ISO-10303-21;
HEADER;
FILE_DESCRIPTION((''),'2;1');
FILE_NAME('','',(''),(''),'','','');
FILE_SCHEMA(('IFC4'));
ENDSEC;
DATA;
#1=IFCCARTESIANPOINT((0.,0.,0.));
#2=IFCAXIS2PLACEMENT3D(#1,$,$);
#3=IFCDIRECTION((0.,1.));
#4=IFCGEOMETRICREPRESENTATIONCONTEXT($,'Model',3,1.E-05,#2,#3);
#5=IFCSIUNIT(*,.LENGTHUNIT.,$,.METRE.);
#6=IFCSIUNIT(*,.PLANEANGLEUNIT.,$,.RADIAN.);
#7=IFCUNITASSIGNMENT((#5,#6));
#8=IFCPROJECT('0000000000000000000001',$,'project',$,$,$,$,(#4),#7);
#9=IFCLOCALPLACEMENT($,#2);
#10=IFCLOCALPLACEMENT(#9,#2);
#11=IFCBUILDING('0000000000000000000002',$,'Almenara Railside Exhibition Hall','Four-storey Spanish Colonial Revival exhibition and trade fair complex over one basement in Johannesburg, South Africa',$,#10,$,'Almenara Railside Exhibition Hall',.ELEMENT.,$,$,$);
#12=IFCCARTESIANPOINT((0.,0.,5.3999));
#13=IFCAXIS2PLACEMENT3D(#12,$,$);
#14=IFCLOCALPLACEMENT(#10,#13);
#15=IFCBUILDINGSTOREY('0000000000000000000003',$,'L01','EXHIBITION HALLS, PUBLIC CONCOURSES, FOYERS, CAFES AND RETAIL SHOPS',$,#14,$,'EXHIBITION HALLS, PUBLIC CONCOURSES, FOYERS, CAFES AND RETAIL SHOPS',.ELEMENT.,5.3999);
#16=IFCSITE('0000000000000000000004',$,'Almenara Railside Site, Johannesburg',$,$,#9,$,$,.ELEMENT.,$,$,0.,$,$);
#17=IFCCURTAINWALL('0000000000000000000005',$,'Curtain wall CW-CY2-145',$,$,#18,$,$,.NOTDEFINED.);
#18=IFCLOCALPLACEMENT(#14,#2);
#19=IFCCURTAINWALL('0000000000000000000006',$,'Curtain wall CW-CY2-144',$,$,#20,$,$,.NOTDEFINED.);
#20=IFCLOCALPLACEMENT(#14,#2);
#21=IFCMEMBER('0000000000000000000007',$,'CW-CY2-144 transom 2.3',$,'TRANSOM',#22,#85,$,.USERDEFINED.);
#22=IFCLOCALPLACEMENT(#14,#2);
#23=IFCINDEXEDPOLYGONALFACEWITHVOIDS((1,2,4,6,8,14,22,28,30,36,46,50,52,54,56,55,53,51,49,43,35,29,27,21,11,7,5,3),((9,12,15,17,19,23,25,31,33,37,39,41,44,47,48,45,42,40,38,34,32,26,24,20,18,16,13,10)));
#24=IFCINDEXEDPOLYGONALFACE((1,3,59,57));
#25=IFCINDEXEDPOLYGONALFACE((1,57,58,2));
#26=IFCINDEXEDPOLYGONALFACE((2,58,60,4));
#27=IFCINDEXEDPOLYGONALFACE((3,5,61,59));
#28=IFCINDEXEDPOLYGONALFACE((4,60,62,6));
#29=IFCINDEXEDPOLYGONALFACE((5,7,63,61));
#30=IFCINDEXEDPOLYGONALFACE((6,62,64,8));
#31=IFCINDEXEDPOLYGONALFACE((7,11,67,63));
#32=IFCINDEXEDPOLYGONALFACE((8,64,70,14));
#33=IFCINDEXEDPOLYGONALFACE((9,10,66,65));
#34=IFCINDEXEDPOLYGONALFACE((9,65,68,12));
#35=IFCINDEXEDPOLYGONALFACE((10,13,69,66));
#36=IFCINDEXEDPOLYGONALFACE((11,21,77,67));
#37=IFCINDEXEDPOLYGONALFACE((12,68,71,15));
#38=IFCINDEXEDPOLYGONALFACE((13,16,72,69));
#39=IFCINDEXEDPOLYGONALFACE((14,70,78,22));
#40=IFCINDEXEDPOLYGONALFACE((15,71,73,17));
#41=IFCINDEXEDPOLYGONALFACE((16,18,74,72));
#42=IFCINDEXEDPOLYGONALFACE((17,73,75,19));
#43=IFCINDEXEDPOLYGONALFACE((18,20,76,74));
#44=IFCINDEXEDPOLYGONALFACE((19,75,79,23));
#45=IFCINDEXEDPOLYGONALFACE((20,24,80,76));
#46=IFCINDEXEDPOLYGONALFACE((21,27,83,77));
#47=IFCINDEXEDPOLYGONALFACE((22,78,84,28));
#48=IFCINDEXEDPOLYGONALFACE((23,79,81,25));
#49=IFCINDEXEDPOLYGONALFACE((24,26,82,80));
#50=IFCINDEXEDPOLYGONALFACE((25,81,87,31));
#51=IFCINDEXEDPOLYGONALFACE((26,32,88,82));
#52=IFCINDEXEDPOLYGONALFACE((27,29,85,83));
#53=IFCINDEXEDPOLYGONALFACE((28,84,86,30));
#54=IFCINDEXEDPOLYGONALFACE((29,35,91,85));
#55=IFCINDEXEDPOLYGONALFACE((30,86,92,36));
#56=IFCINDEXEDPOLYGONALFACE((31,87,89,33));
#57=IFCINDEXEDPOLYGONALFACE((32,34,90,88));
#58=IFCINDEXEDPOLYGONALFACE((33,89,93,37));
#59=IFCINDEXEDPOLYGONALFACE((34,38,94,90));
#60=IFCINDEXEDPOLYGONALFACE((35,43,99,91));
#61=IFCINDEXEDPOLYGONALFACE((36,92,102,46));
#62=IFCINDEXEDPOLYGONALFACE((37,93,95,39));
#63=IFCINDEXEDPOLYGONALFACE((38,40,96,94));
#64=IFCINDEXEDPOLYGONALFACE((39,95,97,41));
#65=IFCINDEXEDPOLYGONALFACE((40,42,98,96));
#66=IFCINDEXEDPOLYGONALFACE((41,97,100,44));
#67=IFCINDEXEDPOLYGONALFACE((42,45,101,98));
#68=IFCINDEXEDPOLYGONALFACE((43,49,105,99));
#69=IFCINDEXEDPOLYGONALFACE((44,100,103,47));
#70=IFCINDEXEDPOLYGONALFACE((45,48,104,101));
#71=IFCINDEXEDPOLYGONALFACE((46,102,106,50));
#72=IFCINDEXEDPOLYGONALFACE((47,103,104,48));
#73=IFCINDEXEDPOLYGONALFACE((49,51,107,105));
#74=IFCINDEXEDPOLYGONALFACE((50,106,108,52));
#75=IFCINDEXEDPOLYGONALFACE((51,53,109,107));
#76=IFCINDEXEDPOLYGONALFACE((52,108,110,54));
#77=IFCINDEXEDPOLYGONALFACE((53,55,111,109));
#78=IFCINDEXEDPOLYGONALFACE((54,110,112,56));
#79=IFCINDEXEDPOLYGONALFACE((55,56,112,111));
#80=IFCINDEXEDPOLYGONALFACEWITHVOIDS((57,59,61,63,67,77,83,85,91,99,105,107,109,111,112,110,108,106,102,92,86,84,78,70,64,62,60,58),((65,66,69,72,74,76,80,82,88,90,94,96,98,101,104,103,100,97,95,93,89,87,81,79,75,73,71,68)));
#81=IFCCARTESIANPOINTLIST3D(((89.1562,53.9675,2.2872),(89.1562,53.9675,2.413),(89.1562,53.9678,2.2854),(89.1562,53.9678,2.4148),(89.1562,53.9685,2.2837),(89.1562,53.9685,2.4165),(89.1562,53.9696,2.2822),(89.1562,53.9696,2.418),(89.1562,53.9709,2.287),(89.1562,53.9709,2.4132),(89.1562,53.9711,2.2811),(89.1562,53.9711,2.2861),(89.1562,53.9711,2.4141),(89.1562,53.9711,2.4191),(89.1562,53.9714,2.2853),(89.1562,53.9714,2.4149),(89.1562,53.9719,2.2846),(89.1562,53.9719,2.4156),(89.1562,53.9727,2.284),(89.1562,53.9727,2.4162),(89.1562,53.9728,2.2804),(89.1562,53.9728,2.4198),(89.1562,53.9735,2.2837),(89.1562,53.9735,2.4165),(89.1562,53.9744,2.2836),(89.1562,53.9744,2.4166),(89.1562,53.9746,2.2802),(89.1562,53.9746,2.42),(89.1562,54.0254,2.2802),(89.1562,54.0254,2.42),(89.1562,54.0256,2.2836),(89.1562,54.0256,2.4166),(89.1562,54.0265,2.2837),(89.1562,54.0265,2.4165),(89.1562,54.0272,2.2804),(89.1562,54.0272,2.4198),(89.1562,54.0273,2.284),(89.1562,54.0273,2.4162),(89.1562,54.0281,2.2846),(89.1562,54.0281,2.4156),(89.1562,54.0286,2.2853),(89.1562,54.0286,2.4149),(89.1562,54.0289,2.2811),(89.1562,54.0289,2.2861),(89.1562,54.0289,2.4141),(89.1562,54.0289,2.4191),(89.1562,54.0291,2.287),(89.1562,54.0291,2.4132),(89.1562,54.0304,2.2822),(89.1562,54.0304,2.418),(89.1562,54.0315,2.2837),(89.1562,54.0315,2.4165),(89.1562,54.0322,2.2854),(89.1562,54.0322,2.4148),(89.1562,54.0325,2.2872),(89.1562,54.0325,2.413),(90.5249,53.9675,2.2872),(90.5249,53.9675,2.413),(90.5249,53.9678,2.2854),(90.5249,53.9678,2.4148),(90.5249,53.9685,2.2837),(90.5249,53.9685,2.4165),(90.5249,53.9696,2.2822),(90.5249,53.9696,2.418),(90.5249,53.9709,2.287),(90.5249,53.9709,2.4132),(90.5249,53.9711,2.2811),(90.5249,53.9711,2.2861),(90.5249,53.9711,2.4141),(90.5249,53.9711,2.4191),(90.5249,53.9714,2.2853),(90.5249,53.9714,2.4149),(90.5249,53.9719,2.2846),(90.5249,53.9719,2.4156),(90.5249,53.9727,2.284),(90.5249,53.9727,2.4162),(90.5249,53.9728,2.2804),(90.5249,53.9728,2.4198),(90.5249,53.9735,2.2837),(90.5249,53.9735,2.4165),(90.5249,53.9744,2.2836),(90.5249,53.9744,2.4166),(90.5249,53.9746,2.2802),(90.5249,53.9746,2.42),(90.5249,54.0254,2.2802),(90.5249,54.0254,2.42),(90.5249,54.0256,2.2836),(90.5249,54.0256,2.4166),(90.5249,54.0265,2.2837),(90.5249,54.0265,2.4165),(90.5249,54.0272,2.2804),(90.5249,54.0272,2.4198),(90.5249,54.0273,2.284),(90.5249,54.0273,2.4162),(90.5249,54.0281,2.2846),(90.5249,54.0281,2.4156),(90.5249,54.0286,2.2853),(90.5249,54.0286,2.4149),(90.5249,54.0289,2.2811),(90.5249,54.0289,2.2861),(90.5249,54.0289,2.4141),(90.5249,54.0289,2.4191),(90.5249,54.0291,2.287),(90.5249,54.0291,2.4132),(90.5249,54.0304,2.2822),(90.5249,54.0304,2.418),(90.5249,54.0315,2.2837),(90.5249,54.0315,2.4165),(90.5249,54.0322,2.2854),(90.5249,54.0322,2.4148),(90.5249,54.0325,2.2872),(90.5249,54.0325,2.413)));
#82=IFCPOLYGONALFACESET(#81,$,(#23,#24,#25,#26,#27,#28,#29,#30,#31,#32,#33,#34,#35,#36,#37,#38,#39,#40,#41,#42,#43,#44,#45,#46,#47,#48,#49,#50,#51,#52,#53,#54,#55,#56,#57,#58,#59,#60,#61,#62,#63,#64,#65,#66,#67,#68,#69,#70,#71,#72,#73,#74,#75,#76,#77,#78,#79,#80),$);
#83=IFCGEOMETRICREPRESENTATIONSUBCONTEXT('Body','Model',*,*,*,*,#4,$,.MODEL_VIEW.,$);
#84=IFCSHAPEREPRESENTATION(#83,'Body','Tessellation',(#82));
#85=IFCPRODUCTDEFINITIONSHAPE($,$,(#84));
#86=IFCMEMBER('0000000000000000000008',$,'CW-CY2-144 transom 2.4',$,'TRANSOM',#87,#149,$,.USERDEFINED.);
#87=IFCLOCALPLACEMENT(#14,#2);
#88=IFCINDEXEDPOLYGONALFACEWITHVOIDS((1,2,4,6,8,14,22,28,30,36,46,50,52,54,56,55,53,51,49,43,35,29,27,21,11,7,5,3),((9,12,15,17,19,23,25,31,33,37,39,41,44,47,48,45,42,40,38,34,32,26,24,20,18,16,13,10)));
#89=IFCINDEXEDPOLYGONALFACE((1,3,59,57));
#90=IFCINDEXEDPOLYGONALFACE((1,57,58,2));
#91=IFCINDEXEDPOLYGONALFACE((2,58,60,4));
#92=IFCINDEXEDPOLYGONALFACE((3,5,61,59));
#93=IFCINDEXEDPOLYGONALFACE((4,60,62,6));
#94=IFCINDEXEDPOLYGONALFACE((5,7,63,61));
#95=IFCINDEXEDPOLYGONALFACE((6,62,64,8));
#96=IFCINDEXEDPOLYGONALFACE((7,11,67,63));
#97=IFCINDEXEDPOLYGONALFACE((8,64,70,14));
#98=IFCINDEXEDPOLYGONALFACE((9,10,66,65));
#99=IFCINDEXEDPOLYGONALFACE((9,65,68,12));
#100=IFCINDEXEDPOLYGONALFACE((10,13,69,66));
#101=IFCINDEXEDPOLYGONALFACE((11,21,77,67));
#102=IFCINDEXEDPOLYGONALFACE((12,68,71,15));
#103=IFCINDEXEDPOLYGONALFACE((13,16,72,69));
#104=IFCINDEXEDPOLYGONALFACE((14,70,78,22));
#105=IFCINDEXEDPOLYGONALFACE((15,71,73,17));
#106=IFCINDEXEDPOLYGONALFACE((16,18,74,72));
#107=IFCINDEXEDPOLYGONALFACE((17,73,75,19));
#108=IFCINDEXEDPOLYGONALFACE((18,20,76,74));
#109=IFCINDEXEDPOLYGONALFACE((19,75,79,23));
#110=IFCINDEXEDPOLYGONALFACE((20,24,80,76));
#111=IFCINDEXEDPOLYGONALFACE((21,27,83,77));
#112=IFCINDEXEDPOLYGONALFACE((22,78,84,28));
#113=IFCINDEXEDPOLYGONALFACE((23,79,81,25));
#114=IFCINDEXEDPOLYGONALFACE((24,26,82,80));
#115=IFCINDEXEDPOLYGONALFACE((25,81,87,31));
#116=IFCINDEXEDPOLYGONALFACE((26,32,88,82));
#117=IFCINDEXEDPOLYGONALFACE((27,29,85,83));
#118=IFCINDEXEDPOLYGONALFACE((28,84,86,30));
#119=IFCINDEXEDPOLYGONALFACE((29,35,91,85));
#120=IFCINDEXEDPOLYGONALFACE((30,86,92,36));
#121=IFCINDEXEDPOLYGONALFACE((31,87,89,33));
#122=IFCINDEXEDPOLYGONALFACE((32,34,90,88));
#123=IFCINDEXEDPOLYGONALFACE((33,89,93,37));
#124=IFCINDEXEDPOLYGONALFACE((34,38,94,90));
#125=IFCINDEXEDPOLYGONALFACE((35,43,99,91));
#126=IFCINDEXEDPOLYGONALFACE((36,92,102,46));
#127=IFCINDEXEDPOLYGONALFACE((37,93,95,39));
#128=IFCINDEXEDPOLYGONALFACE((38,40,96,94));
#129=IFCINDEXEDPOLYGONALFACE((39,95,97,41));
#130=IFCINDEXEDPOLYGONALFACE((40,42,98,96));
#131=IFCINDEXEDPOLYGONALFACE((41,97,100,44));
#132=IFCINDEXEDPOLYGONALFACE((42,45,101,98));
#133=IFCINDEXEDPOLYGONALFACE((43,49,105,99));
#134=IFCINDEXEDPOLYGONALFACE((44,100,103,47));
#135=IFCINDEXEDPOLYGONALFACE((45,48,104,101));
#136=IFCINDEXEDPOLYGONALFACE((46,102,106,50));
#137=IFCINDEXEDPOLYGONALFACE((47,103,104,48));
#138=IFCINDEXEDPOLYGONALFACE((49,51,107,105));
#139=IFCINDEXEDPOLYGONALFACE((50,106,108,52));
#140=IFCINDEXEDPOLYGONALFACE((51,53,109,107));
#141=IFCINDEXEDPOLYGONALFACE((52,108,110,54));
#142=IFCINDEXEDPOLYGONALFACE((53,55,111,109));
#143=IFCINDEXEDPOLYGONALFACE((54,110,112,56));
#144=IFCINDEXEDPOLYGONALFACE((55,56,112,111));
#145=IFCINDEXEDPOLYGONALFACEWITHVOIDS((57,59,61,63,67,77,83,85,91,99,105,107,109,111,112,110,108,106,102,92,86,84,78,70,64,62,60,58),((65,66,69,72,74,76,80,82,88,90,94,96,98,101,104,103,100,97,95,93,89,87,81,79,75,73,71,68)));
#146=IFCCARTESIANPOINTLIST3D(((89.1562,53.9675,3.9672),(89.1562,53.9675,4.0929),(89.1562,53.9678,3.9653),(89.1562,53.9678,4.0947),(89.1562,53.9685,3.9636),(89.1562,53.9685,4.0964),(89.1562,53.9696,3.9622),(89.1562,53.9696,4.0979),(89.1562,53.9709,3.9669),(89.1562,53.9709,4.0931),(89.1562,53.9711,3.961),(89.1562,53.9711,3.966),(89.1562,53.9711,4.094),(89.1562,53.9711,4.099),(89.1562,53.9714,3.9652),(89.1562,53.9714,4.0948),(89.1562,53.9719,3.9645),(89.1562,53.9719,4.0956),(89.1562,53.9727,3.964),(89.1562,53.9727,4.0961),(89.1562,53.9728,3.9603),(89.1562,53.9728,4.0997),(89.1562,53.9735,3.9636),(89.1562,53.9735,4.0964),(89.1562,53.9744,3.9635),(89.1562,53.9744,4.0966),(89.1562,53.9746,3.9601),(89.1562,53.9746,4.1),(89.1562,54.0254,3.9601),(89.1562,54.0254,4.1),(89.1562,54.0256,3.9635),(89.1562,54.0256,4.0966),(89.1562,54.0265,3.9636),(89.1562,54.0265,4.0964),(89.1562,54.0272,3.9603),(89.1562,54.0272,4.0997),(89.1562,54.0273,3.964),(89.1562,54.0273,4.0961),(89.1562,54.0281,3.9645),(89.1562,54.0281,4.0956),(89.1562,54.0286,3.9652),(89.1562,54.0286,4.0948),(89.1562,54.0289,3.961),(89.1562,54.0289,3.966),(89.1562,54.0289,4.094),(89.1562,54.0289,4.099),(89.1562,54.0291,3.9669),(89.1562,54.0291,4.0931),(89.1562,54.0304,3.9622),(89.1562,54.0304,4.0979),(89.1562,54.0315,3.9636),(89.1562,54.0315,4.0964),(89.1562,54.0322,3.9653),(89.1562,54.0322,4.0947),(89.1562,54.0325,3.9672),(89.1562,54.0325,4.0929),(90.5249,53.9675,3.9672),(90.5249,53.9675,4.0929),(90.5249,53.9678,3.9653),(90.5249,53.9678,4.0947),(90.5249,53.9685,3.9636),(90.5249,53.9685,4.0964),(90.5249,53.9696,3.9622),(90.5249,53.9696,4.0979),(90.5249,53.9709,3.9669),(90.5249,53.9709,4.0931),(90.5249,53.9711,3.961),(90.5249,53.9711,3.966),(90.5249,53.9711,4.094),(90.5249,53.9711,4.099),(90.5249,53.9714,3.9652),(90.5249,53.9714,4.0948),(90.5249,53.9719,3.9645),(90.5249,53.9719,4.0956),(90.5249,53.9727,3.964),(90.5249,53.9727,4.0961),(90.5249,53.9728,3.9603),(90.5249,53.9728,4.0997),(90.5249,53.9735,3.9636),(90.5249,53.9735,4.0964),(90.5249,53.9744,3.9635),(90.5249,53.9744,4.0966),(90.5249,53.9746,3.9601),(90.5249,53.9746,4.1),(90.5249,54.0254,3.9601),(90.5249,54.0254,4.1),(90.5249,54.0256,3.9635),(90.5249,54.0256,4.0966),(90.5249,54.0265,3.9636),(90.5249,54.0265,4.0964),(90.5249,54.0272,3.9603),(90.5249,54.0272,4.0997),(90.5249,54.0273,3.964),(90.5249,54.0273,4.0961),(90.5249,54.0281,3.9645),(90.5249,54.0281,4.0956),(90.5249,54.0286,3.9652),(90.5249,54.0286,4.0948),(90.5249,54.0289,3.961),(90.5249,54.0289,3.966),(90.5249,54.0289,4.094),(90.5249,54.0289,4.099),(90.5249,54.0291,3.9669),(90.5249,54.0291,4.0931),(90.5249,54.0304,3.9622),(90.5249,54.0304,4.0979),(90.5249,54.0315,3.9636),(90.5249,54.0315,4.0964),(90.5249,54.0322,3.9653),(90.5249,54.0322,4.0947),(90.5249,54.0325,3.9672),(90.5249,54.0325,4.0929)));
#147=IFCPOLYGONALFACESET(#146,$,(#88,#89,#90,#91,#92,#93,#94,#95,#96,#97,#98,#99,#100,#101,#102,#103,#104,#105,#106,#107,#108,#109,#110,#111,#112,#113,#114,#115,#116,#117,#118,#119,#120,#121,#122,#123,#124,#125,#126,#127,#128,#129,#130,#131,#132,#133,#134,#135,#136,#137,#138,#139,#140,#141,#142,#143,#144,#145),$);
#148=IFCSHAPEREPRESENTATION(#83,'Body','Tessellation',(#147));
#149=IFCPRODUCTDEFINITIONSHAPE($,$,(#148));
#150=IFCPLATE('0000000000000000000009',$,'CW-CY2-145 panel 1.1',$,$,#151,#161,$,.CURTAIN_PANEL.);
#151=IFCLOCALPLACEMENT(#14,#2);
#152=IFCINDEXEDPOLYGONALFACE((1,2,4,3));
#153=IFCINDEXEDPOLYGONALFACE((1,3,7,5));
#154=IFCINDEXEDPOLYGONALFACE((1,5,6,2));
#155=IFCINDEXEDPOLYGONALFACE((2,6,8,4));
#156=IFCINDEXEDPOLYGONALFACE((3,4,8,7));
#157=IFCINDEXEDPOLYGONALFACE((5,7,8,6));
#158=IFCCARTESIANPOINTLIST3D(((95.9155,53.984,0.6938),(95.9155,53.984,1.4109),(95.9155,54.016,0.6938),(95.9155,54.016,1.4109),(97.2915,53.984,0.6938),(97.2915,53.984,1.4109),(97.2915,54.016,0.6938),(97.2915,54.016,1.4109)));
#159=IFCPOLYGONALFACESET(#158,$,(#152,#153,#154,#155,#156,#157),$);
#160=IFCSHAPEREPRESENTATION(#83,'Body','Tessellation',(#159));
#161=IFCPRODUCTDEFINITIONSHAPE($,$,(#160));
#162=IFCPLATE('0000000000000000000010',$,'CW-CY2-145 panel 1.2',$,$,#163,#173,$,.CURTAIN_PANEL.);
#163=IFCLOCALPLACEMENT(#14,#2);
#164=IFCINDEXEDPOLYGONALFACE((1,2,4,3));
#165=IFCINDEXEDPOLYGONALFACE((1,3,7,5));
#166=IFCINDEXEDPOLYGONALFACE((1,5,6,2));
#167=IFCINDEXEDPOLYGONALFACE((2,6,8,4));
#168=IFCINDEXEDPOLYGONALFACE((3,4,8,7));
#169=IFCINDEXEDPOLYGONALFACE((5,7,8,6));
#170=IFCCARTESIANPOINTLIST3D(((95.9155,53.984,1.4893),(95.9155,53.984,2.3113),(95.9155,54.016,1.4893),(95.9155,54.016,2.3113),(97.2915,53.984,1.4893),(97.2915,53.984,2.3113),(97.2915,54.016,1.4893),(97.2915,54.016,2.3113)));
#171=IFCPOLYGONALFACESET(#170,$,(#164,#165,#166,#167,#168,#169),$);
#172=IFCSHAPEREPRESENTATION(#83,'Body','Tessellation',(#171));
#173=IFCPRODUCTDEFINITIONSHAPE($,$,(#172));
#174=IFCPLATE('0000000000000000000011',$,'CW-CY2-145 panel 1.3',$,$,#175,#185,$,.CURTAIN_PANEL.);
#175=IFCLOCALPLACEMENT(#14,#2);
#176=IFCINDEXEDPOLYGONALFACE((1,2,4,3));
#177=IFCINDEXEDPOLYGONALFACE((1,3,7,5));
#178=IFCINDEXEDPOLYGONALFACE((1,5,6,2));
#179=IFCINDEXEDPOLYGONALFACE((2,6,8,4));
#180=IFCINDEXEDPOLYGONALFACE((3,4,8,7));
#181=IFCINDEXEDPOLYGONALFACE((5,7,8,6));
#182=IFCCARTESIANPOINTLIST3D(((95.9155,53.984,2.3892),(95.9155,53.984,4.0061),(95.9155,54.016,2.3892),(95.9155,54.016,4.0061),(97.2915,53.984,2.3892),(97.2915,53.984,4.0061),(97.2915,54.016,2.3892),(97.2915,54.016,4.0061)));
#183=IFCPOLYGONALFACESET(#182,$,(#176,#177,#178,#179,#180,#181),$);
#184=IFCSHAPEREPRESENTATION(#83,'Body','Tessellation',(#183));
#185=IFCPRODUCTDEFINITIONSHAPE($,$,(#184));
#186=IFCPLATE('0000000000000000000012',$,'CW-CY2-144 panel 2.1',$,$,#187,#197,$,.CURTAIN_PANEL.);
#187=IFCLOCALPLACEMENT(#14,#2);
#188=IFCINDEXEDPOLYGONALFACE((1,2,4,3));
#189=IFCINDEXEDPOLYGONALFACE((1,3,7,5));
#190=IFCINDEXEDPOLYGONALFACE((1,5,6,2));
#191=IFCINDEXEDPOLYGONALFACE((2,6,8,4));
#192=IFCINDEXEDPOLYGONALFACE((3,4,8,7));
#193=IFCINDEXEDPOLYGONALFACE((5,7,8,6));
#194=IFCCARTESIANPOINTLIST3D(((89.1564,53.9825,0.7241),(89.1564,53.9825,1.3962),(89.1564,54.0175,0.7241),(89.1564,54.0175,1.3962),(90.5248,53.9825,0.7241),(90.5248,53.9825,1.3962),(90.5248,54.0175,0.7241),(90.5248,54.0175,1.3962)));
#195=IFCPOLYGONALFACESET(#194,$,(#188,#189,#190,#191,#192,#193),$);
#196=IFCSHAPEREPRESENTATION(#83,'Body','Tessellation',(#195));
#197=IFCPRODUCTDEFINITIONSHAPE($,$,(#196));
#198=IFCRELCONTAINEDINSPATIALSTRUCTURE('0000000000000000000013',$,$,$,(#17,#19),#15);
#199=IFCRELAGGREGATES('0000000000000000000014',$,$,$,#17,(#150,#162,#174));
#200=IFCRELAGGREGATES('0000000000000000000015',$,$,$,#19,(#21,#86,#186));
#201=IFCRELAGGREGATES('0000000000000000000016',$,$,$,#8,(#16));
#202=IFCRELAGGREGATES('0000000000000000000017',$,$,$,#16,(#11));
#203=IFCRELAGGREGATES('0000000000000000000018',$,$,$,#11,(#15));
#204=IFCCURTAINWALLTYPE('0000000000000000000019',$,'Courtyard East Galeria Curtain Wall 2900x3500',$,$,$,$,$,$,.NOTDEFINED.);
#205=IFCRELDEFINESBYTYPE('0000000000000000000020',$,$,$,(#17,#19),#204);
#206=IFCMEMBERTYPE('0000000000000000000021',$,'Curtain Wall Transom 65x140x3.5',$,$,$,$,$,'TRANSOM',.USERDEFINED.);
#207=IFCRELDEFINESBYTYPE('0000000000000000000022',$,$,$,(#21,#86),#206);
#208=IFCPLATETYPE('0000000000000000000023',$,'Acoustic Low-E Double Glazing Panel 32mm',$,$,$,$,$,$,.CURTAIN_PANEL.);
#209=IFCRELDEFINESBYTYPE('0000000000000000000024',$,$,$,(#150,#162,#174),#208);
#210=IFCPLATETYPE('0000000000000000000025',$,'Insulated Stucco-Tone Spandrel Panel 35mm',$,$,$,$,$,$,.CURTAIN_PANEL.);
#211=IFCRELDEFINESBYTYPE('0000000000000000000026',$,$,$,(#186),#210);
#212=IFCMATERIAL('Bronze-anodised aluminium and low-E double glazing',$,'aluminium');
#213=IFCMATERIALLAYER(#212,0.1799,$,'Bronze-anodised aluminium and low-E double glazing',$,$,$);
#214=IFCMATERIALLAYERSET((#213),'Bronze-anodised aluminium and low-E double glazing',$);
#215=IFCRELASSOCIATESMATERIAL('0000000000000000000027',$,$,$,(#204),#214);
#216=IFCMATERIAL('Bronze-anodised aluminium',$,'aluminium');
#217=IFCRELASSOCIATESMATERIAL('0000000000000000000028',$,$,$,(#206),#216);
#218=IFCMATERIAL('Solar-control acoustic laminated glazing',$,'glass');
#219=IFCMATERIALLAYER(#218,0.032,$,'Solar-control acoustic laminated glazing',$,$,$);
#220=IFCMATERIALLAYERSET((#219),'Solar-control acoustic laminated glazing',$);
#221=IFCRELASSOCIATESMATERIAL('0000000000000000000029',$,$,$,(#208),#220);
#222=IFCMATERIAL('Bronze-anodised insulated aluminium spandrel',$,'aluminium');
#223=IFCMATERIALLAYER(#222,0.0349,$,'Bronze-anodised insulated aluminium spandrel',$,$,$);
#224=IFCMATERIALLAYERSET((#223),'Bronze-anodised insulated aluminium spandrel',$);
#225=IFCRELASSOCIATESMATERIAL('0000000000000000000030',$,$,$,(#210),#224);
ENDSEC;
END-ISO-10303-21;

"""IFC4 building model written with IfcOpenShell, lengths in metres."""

from ifc_helpers import new_model, si_unit, direction, frame, origin, origin_2d, place, context, subcontext, project, spatial, rectangle, hollow_rectangle, extrude, material, layer, layer_set, material_profile, profile_set, type_object, element, aggregate, save


model = new_model("IFC4")

# Units and contexts
model_context = context("Model", 3, precision=1e-05, world=origin(), true_north=direction((0.0, 1.0)))
body_context = subcontext(model_context, "Body", "Model", "MODEL_VIEW")
ifc_project = project(units=[si_unit("LENGTHUNIT", "METRE"), si_unit("PLANEANGLEUNIT", "RADIAN")], contexts=[model_context])

# Site, building, storey
site_placement = place(None, origin())
site = spatial("IfcSite", under=ifc_project, at=site_placement, Name="Almenara Railside Site, Johannesburg", CompositionType="ELEMENT", RefElevation=0.0)
building_placement = place(site_placement, origin())
building = spatial("IfcBuilding", under=site, at=building_placement, Name="Almenara Railside Exhibition Hall", Description="Four-storey Spanish Colonial Revival exhibition and trade fair complex over one basement in Johannesburg, South Africa", LongName="Almenara Railside Exhibition Hall", CompositionType="ELEMENT")
storey_placement = place(building_placement, frame((0.0, 0.0, 5.3999)))
storey = spatial("IfcBuildingStorey", under=building, at=storey_placement, Name="L01", Description="EXHIBITION HALLS, PUBLIC CONCOURSES, FOYERS, CAFES AND RETAIL SHOPS", LongName="EXHIBITION HALLS, PUBLIC CONCOURSES, FOYERS, CAFES AND RETAIL SHOPS", CompositionType="ELEMENT", Elevation=5.3999)

# Curtain walls
ifc_material_1 = material(Name="Bronze-anodised aluminium and low-E double glazing", Category="aluminium")
ifc_layer_1 = layer(ifc_material_1, 0.1799, Name="Bronze-anodised aluminium and low-E double glazing")
ifc_layer_set_1 = layer_set([ifc_layer_1], Name="Bronze-anodised aluminium and low-E double glazing")
curtain_wall_type = type_object("IfcCurtainWallType", Name="Courtyard East Galeria Curtain Wall 2900x3500", PredefinedType="NOTDEFINED", material=ifc_layer_set_1)
curtain_wall_1_placement = place(storey_placement, origin())
curtain_wall_1 = element("IfcCurtainWall", 1, at=curtain_wall_1_placement, inside=storey, type_object=curtain_wall_type, Name="Curtain wall CW-CY2-145", PredefinedType="NOTDEFINED")
ifc_material_2 = material(Name="Bronze-anodised aluminium", Category="aluminium")
curtain_wall_2_placement = place(storey_placement, origin())
curtain_wall_2 = element("IfcCurtainWall", 2, at=curtain_wall_2_placement, inside=storey, type_object=curtain_wall_type, Name="Curtain wall CW-CY2-144", PredefinedType="NOTDEFINED")

# Members
ifc_material_profile_1 = material_profile(ifc_material_2, hollow_rectangle(XDim=0.0649, YDim=0.1399, WallThickness=0.0034, InnerFilletRadius=0.0034, OuterFilletRadius=0.0071, at=origin_2d()), Name="ALU-TRN 65x140x3.5")
ifc_profile_set_1 = profile_set([ifc_material_profile_1], Name="Bronze-anodised aluminium")
member_type_1 = type_object("IfcMemberType", Name="Curtain Wall Transom 65x140x3.5", ElementType="TRANSOM", PredefinedType="USERDEFINED", material=ifc_profile_set_1)
member_1_placement = place(storey_placement, frame((89.1562, 54.0, 2.3501), z_axis=(1.0, 0.0, 0.0), x_axis=(0.0, 1.0, 0.0)))
member_1 = element("IfcMember", 3, at=member_1_placement, type_object=member_type_1, Name="CW-CY2-144 transom 2.3", ObjectType="TRANSOM", PredefinedType="USERDEFINED", context=body_context, shape_type="SweptSolid", body=[
    extrude(hollow_rectangle(XDim=0.0649, YDim=0.1399, WallThickness=0.0034, InnerFilletRadius=0.0034, OuterFilletRadius=0.0071, at=origin_2d()), origin(), (0.0, 0.0, 1.0), 1.3687),
])
member_2_placement = place(storey_placement, frame((89.1562, 54.0, 4.03), z_axis=(1.0, 0.0, 0.0), x_axis=(0.0, 1.0, 0.0)))
member_2 = element("IfcMember", 4, at=member_2_placement, type_object=member_type_1, Name="CW-CY2-144 transom 2.4", ObjectType="TRANSOM", PredefinedType="USERDEFINED", context=body_context, shape_type="SweptSolid", body=[
    extrude(hollow_rectangle(XDim=0.0649, YDim=0.1399, WallThickness=0.0034, InnerFilletRadius=0.0034, OuterFilletRadius=0.0071, at=origin_2d()), origin(), (0.0, 0.0, 1.0), 1.3687),
])

# Plates
ifc_material_3 = material(Name="Solar-control acoustic laminated glazing", Category="glass")
ifc_layer_2 = layer(ifc_material_3, 0.032, Name="Solar-control acoustic laminated glazing")
ifc_layer_set_2 = layer_set([ifc_layer_2], Name="Solar-control acoustic laminated glazing")
plate_type_1 = type_object("IfcPlateType", Name="Acoustic Low-E Double Glazing Panel 32mm", PredefinedType="CURTAIN_PANEL", material=ifc_layer_set_2)
plate_1_placement = place(storey_placement, frame((96.6035, 54.0, 0.6938), z_axis=(0.0, 0.0, 1.0), x_axis=(1.0, 0.0, 0.0)))
plate_1 = element("IfcPlate", 5, at=plate_1_placement, type_object=plate_type_1, Name="CW-CY2-145 panel 1.1", PredefinedType="CURTAIN_PANEL", context=body_context, shape_type="SweptSolid", body=[
    extrude(rectangle(XDim=1.376, YDim=0.032, at=origin_2d()), origin(), (0.0, 0.0, 1.0), 0.717),
])
plate_2_placement = place(storey_placement, frame((96.6035, 54.0, 1.4893), z_axis=(0.0, 0.0, 1.0), x_axis=(1.0, 0.0, 0.0)))
plate_2 = element("IfcPlate", 6, at=plate_2_placement, type_object=plate_type_1, Name="CW-CY2-145 panel 1.2", PredefinedType="CURTAIN_PANEL", context=body_context, shape_type="SweptSolid", body=[
    extrude(rectangle(XDim=1.376, YDim=0.032, at=origin_2d()), origin(), (0.0, 0.0, 1.0), 0.822),
])
plate_3_placement = place(storey_placement, frame((96.6035, 54.0, 2.3892), z_axis=(0.0, 0.0, 1.0), x_axis=(1.0, 0.0, 0.0)))
plate_3 = element("IfcPlate", 7, at=plate_3_placement, type_object=plate_type_1, Name="CW-CY2-145 panel 1.3", PredefinedType="CURTAIN_PANEL", context=body_context, shape_type="SweptSolid", body=[
    extrude(rectangle(XDim=1.376, YDim=0.032, at=origin_2d()), origin(), (0.0, 0.0, 1.0), 1.6169),
])
aggregate(curtain_wall_1, [plate_1, plate_2, plate_3])
ifc_material_4 = material(Name="Bronze-anodised insulated aluminium spandrel", Category="aluminium")
ifc_layer_3 = layer(ifc_material_4, 0.0349, Name="Bronze-anodised insulated aluminium spandrel")
ifc_layer_set_3 = layer_set([ifc_layer_3], Name="Bronze-anodised insulated aluminium spandrel")
plate_type_2 = type_object("IfcPlateType", Name="Insulated Stucco-Tone Spandrel Panel 35mm", PredefinedType="CURTAIN_PANEL", material=ifc_layer_set_3)
plate_4_placement = place(storey_placement, frame((89.8406, 54.0, 0.7241), z_axis=(0.0, 0.0, 1.0), x_axis=(1.0, 0.0, 0.0)))
plate_4 = element("IfcPlate", 8, at=plate_4_placement, type_object=plate_type_2, Name="CW-CY2-144 panel 2.1", PredefinedType="CURTAIN_PANEL", context=body_context, shape_type="SweptSolid", body=[
    extrude(rectangle(XDim=1.3684, YDim=0.0349, at=origin_2d()), origin(), (0.0, 0.0, 1.0), 0.6721),
])
aggregate(curtain_wall_2, [member_1, member_2, plate_4])

save(model, "model.ifc")
